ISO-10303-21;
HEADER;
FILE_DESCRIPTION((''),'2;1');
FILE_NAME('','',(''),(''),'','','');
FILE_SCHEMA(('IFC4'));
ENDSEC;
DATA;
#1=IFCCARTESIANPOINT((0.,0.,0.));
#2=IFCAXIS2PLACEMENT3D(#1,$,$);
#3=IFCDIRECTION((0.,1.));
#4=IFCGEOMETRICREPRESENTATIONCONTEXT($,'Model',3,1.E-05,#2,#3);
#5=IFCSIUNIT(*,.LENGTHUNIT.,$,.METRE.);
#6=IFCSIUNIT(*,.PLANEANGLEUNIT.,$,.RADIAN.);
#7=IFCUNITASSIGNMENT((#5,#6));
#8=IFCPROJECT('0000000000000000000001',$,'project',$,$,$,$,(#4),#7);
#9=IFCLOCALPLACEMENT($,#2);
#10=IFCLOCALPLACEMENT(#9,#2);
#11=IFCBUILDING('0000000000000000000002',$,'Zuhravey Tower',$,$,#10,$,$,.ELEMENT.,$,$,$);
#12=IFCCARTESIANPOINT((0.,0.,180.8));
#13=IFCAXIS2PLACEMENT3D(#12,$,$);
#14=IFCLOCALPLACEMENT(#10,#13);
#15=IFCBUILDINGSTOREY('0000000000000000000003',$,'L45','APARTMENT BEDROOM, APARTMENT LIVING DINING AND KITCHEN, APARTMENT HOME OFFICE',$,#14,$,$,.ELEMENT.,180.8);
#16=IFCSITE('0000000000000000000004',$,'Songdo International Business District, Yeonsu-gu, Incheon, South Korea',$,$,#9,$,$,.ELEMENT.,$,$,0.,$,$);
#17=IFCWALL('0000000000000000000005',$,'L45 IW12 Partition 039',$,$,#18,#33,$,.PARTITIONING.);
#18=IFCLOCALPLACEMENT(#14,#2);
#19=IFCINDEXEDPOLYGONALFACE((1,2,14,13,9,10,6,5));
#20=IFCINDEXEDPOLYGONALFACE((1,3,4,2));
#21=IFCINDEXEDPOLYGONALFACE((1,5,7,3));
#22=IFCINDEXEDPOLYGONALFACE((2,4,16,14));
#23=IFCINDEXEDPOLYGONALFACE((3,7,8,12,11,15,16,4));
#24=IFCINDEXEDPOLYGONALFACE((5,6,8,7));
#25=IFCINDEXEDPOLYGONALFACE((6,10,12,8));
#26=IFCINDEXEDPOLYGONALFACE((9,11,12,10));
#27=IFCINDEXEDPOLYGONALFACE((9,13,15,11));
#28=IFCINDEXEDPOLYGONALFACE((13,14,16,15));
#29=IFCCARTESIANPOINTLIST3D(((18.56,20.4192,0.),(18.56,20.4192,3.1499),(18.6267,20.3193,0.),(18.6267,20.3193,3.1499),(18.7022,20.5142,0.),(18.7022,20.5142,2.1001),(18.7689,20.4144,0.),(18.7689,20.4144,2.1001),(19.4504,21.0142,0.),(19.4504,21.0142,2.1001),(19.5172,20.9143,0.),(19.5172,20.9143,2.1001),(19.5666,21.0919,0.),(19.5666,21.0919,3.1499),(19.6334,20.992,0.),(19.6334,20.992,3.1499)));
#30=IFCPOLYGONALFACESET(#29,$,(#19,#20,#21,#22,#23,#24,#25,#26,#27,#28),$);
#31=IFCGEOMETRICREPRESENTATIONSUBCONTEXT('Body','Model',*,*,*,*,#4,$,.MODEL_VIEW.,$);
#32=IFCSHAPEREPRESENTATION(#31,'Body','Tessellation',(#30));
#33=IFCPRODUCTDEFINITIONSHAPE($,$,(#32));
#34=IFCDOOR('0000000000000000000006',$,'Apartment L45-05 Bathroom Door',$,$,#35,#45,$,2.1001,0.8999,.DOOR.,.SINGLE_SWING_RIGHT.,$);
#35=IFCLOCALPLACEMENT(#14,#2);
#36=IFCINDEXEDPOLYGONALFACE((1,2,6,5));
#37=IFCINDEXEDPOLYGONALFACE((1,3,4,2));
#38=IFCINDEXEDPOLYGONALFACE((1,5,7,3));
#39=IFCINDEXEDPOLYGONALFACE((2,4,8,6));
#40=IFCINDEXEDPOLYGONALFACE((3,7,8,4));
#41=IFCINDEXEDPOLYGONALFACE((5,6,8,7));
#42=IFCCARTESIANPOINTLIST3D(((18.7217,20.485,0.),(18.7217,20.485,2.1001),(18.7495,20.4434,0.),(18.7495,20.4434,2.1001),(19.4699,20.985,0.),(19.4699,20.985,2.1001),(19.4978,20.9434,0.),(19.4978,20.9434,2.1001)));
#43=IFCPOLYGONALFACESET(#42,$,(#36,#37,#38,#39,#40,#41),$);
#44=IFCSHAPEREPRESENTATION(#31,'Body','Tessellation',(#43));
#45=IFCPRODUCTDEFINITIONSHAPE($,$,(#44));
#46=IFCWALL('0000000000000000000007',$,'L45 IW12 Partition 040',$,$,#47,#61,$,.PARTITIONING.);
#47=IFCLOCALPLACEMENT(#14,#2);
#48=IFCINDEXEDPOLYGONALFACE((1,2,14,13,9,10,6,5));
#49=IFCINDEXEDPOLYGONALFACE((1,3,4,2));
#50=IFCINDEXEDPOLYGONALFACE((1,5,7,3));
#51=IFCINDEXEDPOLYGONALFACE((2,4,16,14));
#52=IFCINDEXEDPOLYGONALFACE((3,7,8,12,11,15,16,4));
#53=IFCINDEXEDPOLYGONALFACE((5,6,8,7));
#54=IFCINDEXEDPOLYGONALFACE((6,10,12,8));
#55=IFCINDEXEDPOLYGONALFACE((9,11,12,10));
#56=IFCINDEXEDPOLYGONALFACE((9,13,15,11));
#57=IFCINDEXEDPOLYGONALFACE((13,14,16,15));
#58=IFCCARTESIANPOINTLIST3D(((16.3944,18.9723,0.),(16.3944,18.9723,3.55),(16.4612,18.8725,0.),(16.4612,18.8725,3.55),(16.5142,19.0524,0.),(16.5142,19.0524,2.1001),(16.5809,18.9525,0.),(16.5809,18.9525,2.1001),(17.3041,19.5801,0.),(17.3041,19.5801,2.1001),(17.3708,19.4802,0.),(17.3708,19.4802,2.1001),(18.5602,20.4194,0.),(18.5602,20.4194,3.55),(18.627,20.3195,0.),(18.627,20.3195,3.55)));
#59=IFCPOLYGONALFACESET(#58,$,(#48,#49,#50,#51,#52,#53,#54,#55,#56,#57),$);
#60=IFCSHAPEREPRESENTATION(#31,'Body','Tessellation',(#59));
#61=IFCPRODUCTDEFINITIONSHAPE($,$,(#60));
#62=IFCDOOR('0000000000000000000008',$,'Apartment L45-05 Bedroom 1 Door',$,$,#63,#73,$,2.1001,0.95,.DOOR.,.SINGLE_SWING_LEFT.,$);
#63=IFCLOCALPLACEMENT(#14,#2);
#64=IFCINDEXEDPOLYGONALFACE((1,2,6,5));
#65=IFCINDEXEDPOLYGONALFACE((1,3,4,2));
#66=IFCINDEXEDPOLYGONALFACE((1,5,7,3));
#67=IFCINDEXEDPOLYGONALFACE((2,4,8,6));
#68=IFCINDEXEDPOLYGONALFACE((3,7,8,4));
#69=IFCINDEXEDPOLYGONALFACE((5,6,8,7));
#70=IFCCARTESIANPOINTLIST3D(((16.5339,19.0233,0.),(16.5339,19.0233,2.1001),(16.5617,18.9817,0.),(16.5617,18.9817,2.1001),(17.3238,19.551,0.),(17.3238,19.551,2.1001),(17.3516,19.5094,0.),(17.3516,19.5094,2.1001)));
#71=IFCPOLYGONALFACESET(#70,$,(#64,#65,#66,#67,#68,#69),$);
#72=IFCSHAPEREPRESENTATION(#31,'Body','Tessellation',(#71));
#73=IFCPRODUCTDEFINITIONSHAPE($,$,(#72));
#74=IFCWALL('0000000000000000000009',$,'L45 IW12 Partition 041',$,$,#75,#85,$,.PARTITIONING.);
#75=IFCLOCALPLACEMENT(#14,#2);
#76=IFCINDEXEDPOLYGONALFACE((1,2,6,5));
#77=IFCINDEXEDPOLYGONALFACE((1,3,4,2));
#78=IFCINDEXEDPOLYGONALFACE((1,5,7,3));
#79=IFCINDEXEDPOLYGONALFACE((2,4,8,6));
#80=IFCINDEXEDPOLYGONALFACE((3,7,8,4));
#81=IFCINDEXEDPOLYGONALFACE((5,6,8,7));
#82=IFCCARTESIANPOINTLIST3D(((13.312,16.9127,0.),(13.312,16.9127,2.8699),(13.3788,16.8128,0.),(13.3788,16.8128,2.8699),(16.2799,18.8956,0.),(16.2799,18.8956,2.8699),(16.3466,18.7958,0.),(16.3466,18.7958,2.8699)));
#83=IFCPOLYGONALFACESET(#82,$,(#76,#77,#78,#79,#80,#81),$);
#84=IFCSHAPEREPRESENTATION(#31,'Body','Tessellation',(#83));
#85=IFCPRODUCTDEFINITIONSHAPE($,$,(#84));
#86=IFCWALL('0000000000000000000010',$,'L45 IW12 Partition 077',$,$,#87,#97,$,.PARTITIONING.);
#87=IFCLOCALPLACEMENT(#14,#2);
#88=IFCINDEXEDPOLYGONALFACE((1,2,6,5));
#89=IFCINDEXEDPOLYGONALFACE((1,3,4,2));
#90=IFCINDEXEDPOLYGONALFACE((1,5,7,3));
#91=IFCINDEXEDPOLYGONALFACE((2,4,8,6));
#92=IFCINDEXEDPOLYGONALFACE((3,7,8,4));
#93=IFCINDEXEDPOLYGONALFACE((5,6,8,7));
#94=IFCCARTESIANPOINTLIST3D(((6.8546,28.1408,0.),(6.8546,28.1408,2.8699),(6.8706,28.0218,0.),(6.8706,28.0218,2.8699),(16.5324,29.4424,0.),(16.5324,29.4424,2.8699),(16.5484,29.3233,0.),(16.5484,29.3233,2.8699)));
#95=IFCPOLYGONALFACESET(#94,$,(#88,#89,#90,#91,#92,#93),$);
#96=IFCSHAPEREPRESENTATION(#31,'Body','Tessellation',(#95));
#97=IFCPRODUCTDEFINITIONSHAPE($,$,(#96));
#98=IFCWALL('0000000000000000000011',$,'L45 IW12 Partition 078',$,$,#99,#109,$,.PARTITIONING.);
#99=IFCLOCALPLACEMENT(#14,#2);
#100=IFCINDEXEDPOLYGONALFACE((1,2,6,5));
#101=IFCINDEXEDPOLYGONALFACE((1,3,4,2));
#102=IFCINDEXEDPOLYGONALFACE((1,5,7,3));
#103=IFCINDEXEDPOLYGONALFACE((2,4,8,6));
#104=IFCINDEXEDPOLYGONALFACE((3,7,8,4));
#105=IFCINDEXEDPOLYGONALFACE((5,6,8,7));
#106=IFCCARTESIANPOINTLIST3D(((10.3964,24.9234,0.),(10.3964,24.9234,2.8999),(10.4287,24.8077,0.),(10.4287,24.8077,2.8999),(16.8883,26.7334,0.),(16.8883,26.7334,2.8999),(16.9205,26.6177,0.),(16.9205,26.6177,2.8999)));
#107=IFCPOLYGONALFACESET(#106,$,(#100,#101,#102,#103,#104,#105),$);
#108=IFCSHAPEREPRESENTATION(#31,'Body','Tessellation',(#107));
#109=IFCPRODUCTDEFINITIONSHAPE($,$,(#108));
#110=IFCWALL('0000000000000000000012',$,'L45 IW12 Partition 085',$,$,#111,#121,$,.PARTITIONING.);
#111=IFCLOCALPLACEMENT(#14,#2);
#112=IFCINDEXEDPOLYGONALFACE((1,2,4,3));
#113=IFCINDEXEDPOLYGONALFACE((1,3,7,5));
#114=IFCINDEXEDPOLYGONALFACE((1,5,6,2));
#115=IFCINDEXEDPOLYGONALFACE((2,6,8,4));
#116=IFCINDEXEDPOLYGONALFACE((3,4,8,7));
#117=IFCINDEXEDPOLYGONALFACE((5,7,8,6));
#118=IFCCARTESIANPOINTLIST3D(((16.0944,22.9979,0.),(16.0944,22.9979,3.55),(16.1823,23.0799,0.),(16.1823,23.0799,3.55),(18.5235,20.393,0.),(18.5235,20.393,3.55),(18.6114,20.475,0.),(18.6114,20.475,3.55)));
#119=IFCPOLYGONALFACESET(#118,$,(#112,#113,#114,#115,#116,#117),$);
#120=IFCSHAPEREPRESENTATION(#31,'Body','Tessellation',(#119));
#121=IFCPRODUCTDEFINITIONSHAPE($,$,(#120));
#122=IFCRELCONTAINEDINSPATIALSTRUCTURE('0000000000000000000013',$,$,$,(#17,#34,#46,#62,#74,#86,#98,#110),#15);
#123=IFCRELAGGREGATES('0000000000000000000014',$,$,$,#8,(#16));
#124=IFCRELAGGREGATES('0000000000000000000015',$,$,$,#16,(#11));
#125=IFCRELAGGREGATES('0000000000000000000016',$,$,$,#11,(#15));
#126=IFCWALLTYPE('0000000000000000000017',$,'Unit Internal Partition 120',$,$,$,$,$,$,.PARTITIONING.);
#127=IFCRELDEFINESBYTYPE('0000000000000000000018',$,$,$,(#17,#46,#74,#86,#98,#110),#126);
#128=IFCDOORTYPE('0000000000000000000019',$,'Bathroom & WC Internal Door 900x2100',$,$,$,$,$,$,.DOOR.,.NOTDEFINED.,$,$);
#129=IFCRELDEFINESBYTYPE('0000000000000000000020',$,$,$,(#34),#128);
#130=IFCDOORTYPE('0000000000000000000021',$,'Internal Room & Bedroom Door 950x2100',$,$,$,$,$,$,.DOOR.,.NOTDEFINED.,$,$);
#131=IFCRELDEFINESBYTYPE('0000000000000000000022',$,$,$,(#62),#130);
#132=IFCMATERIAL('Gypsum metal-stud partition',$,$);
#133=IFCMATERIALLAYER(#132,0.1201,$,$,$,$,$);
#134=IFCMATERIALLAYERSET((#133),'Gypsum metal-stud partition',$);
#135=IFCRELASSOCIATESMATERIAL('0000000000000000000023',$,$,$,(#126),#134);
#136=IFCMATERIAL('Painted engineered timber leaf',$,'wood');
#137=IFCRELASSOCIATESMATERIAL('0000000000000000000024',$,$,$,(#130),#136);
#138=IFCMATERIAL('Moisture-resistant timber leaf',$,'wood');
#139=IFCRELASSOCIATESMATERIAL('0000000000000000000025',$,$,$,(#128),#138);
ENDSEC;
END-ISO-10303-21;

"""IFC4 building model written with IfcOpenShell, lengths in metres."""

from ifc_helpers import new_model, si_unit, direction, frame, frame_2d, origin, place, context, subcontext, project, spatial, rectangle, extrude, material, layer, layer_set, type_object, element, fill, save


model = new_model("IFC4")

# Units and contexts
model_context = context("Model", 3, precision=1e-05, world=origin(), true_north=direction((0.0, 1.0)))
body_context = subcontext(model_context, "Body", "Model", "MODEL_VIEW")
ifc_project = project(units=[si_unit("LENGTHUNIT", "METRE"), si_unit("PLANEANGLEUNIT", "RADIAN")], contexts=[model_context])

# Site, building, storey
site_placement = place(None, origin())
site = spatial("IfcSite", under=ifc_project, at=site_placement, Name="Songdo International Business District, Yeonsu-gu, Incheon, South Korea", CompositionType="ELEMENT", RefElevation=0.0)
building_placement = place(site_placement, origin())
building = spatial("IfcBuilding", under=site, at=building_placement, Name="Zuhravey Tower", CompositionType="ELEMENT")
storey_placement = place(building_placement, frame((0.0, 0.0, 180.8)))
storey = spatial("IfcBuildingStorey", under=building, at=storey_placement, Name="L45", Description="APARTMENT BEDROOM, APARTMENT LIVING DINING AND KITCHEN, APARTMENT HOME OFFICE", CompositionType="ELEMENT", Elevation=180.8)

# Shared definitions
ifc_material_1 = material(Name="Gypsum metal-stud partition")
ifc_layer_1 = layer(ifc_material_1, 0.1201)
ifc_layer_set_1 = layer_set([ifc_layer_1], Name="Gypsum metal-stud partition")
wall_type_1 = type_object("IfcWallType", Name="Unit Internal Partition 120", PredefinedType="PARTITIONING", material=ifc_layer_set_1)
ifc_material_2 = material(Name="Painted engineered timber leaf", Category="wood")
door_type_1 = type_object("IfcDoorType", Name="Internal Room & Bedroom Door 950x2100", OperationType="NOTDEFINED", PredefinedType="DOOR", material=ifc_material_2)

# Walls, openings, doors
wall_1_placement = place(storey_placement, frame((19.6001, 21.042, 0.0), z_axis=(0.0, 0.0, 1.0), x_axis=(-0.83146, -0.555584, 0.0)))
wall_1 = element("IfcWall", 1, at=wall_1_placement, inside=storey, type_object=wall_type_1, Name="L45 IW12 Partition 039", PredefinedType="PARTITIONING", context=body_context, shape_type="SweptSolid", body=[
    extrude(rectangle(XDim=1.2107, YDim=0.1201, at=frame_2d((0.6055, 0.0))), origin(), (0.0, 0.0, 1.0), 3.1499),
])
opening_1_placement = place(wall_1_placement, frame((0.1399, 0.0, 0.0)))
opening_1 = element("IfcOpeningElement", 2, at=opening_1_placement, cuts=wall_1, PredefinedType="OPENING", context=body_context, shape_type="SweptSolid", body=[
    extrude(rectangle(XDim=0.8999, YDim=2.1001, at=frame_2d((0.45, 1.05))), frame((0.0, 0.072, 0.0), z_axis=(0.0, -1.0, 0.0), x_axis=(1.0, 0.0, 0.0)), (0.0, 0.0, 1.0), 0.144),
])
ifc_material_3 = material(Name="Moisture-resistant timber leaf", Category="wood")
door_type_2 = type_object("IfcDoorType", Name="Bathroom & WC Internal Door 900x2100", OperationType="NOTDEFINED", PredefinedType="DOOR", material=ifc_material_3)
door_1_placement = place(opening_1_placement, frame((0.8999, 0.0, 0.0), z_axis=(0.0, 0.0, 1.0), x_axis=(-1.0, 0.0, 0.0)))
door_1 = element("IfcDoor", 3, at=door_1_placement, inside=storey, type_object=door_type_2, Name="Apartment L45-05 Bathroom Door", OperationType="SINGLE_SWING_RIGHT", OverallHeight=2.1001, OverallWidth=0.8999, PredefinedType="DOOR", context=body_context, shape_type="SweptSolid", body=[
    extrude(rectangle(XDim=0.8999, YDim=2.1001, at=frame_2d((0.45, 1.05))), frame((0.0, 0.0249, 0.0), z_axis=(0.0, -1.0, 0.0), x_axis=(1.0, 0.0, 0.0)), (0.0, 0.0, 1.0), 0.05),
])
fill(opening_1, door_1)
wall_2_placement = place(storey_placement, frame((18.5935, 20.3694, 0.0), z_axis=(0.0, 0.0, 1.0), x_axis=(-0.831487, -0.555543, 0.0)))
wall_2 = element("IfcWall", 4, at=wall_2_placement, inside=storey, type_object=wall_type_1, Name="L45 IW12 Partition 040", PredefinedType="PARTITIONING", context=body_context, shape_type="SweptSolid", body=[
    extrude(rectangle(XDim=2.6047, YDim=0.1201, at=frame_2d((1.3022, 0.0))), origin(), (0.0, 0.0, 1.0), 3.55),
])
opening_2_placement = place(wall_2_placement, frame((1.5105, 0.0, 0.0)))
opening_2 = element("IfcOpeningElement", 5, at=opening_2_placement, cuts=wall_2, PredefinedType="OPENING", context=body_context, shape_type="SweptSolid", body=[
    extrude(rectangle(XDim=0.95, YDim=2.1001, at=frame_2d((0.4751, 1.05))), frame((0.0, 0.072, 0.0), z_axis=(0.0, -1.0, 0.0), x_axis=(1.0, 0.0, 0.0)), (0.0, 0.0, 1.0), 0.144),
])
door_2_placement = place(opening_2_placement, frame((0.95, 0.0, 0.0), z_axis=(0.0, 0.0, 1.0), x_axis=(-1.0, 0.0, 0.0)))
door_2 = element("IfcDoor", 6, at=door_2_placement, inside=storey, type_object=door_type_1, Name="Apartment L45-05 Bedroom 1 Door", OperationType="SINGLE_SWING_LEFT", OverallHeight=2.1001, OverallWidth=0.95, PredefinedType="DOOR", context=body_context, shape_type="SweptSolid", body=[
    extrude(rectangle(XDim=0.95, YDim=2.1001, at=frame_2d((0.4751, 1.05))), frame((0.0, 0.0249, 0.0), z_axis=(0.0, -1.0, 0.0), x_axis=(1.0, 0.0, 0.0)), (0.0, 0.0, 1.0), 0.05),
])
fill(opening_2, door_2)

# Walls
wall_3_placement = place(storey_placement, frame((16.3132, 18.8457, 0.0), z_axis=(0.0, 0.0, 1.0), x_axis=(-0.831482, -0.555552, 0.0)))
element("IfcWall", 7, at=wall_3_placement, inside=storey, type_object=wall_type_1, Name="L45 IW12 Partition 041", PredefinedType="PARTITIONING", context=body_context, shape_type="SweptSolid", body=[
    extrude(rectangle(XDim=3.5693, YDim=0.1201, at=frame_2d((1.7847, 0.0))), origin(), (0.0, 0.0, 1.0), 2.8699),
])
wall_4_placement = place(storey_placement, frame((16.5403, 29.3828, 0.0), z_axis=(0.0, 0.0, 1.0), x_axis=(-0.991078, -0.133285, 0.0)))
element("IfcWall", 8, at=wall_4_placement, inside=storey, type_object=wall_type_1, Name="L45 IW12 Partition 077", PredefinedType="PARTITIONING", context=body_context, shape_type="SweptSolid", body=[
    extrude(rectangle(XDim=9.7649, YDim=0.1201, at=frame_2d((4.8823, 0.0))), origin(), (0.0, 0.0, 1.0), 2.8699),
])
wall_5_placement = place(storey_placement, frame((16.9043, 26.6755, 0.0), z_axis=(0.0, 0.0, 1.0), x_axis=(-0.96326, -0.268572, 0.0)))
element("IfcWall", 9, at=wall_5_placement, inside=storey, type_object=wall_type_1, Name="L45 IW12 Partition 078", PredefinedType="PARTITIONING", context=body_context, shape_type="SweptSolid", body=[
    extrude(rectangle(XDim=6.7395, YDim=0.1201, at=frame_2d((3.3696, 0.0))), origin(), (0.0, 0.0, 1.0), 2.8999),
])
wall_6_placement = place(storey_placement, frame((16.1384, 23.0388, 0.0), z_axis=(0.0, 0.0, 1.0), x_axis=(0.682001, -0.731352, 0.0)))
element("IfcWall", 10, at=wall_6_placement, inside=storey, type_object=wall_type_1, Name="L45 IW12 Partition 085", PredefinedType="PARTITIONING", context=body_context, shape_type="SweptSolid", body=[
    extrude(rectangle(XDim=3.5618, YDim=0.1201, at=frame_2d((1.7808, 0.0))), origin(), (0.0, 0.0, 1.0), 3.55),
])

save(model, "model.ifc")
